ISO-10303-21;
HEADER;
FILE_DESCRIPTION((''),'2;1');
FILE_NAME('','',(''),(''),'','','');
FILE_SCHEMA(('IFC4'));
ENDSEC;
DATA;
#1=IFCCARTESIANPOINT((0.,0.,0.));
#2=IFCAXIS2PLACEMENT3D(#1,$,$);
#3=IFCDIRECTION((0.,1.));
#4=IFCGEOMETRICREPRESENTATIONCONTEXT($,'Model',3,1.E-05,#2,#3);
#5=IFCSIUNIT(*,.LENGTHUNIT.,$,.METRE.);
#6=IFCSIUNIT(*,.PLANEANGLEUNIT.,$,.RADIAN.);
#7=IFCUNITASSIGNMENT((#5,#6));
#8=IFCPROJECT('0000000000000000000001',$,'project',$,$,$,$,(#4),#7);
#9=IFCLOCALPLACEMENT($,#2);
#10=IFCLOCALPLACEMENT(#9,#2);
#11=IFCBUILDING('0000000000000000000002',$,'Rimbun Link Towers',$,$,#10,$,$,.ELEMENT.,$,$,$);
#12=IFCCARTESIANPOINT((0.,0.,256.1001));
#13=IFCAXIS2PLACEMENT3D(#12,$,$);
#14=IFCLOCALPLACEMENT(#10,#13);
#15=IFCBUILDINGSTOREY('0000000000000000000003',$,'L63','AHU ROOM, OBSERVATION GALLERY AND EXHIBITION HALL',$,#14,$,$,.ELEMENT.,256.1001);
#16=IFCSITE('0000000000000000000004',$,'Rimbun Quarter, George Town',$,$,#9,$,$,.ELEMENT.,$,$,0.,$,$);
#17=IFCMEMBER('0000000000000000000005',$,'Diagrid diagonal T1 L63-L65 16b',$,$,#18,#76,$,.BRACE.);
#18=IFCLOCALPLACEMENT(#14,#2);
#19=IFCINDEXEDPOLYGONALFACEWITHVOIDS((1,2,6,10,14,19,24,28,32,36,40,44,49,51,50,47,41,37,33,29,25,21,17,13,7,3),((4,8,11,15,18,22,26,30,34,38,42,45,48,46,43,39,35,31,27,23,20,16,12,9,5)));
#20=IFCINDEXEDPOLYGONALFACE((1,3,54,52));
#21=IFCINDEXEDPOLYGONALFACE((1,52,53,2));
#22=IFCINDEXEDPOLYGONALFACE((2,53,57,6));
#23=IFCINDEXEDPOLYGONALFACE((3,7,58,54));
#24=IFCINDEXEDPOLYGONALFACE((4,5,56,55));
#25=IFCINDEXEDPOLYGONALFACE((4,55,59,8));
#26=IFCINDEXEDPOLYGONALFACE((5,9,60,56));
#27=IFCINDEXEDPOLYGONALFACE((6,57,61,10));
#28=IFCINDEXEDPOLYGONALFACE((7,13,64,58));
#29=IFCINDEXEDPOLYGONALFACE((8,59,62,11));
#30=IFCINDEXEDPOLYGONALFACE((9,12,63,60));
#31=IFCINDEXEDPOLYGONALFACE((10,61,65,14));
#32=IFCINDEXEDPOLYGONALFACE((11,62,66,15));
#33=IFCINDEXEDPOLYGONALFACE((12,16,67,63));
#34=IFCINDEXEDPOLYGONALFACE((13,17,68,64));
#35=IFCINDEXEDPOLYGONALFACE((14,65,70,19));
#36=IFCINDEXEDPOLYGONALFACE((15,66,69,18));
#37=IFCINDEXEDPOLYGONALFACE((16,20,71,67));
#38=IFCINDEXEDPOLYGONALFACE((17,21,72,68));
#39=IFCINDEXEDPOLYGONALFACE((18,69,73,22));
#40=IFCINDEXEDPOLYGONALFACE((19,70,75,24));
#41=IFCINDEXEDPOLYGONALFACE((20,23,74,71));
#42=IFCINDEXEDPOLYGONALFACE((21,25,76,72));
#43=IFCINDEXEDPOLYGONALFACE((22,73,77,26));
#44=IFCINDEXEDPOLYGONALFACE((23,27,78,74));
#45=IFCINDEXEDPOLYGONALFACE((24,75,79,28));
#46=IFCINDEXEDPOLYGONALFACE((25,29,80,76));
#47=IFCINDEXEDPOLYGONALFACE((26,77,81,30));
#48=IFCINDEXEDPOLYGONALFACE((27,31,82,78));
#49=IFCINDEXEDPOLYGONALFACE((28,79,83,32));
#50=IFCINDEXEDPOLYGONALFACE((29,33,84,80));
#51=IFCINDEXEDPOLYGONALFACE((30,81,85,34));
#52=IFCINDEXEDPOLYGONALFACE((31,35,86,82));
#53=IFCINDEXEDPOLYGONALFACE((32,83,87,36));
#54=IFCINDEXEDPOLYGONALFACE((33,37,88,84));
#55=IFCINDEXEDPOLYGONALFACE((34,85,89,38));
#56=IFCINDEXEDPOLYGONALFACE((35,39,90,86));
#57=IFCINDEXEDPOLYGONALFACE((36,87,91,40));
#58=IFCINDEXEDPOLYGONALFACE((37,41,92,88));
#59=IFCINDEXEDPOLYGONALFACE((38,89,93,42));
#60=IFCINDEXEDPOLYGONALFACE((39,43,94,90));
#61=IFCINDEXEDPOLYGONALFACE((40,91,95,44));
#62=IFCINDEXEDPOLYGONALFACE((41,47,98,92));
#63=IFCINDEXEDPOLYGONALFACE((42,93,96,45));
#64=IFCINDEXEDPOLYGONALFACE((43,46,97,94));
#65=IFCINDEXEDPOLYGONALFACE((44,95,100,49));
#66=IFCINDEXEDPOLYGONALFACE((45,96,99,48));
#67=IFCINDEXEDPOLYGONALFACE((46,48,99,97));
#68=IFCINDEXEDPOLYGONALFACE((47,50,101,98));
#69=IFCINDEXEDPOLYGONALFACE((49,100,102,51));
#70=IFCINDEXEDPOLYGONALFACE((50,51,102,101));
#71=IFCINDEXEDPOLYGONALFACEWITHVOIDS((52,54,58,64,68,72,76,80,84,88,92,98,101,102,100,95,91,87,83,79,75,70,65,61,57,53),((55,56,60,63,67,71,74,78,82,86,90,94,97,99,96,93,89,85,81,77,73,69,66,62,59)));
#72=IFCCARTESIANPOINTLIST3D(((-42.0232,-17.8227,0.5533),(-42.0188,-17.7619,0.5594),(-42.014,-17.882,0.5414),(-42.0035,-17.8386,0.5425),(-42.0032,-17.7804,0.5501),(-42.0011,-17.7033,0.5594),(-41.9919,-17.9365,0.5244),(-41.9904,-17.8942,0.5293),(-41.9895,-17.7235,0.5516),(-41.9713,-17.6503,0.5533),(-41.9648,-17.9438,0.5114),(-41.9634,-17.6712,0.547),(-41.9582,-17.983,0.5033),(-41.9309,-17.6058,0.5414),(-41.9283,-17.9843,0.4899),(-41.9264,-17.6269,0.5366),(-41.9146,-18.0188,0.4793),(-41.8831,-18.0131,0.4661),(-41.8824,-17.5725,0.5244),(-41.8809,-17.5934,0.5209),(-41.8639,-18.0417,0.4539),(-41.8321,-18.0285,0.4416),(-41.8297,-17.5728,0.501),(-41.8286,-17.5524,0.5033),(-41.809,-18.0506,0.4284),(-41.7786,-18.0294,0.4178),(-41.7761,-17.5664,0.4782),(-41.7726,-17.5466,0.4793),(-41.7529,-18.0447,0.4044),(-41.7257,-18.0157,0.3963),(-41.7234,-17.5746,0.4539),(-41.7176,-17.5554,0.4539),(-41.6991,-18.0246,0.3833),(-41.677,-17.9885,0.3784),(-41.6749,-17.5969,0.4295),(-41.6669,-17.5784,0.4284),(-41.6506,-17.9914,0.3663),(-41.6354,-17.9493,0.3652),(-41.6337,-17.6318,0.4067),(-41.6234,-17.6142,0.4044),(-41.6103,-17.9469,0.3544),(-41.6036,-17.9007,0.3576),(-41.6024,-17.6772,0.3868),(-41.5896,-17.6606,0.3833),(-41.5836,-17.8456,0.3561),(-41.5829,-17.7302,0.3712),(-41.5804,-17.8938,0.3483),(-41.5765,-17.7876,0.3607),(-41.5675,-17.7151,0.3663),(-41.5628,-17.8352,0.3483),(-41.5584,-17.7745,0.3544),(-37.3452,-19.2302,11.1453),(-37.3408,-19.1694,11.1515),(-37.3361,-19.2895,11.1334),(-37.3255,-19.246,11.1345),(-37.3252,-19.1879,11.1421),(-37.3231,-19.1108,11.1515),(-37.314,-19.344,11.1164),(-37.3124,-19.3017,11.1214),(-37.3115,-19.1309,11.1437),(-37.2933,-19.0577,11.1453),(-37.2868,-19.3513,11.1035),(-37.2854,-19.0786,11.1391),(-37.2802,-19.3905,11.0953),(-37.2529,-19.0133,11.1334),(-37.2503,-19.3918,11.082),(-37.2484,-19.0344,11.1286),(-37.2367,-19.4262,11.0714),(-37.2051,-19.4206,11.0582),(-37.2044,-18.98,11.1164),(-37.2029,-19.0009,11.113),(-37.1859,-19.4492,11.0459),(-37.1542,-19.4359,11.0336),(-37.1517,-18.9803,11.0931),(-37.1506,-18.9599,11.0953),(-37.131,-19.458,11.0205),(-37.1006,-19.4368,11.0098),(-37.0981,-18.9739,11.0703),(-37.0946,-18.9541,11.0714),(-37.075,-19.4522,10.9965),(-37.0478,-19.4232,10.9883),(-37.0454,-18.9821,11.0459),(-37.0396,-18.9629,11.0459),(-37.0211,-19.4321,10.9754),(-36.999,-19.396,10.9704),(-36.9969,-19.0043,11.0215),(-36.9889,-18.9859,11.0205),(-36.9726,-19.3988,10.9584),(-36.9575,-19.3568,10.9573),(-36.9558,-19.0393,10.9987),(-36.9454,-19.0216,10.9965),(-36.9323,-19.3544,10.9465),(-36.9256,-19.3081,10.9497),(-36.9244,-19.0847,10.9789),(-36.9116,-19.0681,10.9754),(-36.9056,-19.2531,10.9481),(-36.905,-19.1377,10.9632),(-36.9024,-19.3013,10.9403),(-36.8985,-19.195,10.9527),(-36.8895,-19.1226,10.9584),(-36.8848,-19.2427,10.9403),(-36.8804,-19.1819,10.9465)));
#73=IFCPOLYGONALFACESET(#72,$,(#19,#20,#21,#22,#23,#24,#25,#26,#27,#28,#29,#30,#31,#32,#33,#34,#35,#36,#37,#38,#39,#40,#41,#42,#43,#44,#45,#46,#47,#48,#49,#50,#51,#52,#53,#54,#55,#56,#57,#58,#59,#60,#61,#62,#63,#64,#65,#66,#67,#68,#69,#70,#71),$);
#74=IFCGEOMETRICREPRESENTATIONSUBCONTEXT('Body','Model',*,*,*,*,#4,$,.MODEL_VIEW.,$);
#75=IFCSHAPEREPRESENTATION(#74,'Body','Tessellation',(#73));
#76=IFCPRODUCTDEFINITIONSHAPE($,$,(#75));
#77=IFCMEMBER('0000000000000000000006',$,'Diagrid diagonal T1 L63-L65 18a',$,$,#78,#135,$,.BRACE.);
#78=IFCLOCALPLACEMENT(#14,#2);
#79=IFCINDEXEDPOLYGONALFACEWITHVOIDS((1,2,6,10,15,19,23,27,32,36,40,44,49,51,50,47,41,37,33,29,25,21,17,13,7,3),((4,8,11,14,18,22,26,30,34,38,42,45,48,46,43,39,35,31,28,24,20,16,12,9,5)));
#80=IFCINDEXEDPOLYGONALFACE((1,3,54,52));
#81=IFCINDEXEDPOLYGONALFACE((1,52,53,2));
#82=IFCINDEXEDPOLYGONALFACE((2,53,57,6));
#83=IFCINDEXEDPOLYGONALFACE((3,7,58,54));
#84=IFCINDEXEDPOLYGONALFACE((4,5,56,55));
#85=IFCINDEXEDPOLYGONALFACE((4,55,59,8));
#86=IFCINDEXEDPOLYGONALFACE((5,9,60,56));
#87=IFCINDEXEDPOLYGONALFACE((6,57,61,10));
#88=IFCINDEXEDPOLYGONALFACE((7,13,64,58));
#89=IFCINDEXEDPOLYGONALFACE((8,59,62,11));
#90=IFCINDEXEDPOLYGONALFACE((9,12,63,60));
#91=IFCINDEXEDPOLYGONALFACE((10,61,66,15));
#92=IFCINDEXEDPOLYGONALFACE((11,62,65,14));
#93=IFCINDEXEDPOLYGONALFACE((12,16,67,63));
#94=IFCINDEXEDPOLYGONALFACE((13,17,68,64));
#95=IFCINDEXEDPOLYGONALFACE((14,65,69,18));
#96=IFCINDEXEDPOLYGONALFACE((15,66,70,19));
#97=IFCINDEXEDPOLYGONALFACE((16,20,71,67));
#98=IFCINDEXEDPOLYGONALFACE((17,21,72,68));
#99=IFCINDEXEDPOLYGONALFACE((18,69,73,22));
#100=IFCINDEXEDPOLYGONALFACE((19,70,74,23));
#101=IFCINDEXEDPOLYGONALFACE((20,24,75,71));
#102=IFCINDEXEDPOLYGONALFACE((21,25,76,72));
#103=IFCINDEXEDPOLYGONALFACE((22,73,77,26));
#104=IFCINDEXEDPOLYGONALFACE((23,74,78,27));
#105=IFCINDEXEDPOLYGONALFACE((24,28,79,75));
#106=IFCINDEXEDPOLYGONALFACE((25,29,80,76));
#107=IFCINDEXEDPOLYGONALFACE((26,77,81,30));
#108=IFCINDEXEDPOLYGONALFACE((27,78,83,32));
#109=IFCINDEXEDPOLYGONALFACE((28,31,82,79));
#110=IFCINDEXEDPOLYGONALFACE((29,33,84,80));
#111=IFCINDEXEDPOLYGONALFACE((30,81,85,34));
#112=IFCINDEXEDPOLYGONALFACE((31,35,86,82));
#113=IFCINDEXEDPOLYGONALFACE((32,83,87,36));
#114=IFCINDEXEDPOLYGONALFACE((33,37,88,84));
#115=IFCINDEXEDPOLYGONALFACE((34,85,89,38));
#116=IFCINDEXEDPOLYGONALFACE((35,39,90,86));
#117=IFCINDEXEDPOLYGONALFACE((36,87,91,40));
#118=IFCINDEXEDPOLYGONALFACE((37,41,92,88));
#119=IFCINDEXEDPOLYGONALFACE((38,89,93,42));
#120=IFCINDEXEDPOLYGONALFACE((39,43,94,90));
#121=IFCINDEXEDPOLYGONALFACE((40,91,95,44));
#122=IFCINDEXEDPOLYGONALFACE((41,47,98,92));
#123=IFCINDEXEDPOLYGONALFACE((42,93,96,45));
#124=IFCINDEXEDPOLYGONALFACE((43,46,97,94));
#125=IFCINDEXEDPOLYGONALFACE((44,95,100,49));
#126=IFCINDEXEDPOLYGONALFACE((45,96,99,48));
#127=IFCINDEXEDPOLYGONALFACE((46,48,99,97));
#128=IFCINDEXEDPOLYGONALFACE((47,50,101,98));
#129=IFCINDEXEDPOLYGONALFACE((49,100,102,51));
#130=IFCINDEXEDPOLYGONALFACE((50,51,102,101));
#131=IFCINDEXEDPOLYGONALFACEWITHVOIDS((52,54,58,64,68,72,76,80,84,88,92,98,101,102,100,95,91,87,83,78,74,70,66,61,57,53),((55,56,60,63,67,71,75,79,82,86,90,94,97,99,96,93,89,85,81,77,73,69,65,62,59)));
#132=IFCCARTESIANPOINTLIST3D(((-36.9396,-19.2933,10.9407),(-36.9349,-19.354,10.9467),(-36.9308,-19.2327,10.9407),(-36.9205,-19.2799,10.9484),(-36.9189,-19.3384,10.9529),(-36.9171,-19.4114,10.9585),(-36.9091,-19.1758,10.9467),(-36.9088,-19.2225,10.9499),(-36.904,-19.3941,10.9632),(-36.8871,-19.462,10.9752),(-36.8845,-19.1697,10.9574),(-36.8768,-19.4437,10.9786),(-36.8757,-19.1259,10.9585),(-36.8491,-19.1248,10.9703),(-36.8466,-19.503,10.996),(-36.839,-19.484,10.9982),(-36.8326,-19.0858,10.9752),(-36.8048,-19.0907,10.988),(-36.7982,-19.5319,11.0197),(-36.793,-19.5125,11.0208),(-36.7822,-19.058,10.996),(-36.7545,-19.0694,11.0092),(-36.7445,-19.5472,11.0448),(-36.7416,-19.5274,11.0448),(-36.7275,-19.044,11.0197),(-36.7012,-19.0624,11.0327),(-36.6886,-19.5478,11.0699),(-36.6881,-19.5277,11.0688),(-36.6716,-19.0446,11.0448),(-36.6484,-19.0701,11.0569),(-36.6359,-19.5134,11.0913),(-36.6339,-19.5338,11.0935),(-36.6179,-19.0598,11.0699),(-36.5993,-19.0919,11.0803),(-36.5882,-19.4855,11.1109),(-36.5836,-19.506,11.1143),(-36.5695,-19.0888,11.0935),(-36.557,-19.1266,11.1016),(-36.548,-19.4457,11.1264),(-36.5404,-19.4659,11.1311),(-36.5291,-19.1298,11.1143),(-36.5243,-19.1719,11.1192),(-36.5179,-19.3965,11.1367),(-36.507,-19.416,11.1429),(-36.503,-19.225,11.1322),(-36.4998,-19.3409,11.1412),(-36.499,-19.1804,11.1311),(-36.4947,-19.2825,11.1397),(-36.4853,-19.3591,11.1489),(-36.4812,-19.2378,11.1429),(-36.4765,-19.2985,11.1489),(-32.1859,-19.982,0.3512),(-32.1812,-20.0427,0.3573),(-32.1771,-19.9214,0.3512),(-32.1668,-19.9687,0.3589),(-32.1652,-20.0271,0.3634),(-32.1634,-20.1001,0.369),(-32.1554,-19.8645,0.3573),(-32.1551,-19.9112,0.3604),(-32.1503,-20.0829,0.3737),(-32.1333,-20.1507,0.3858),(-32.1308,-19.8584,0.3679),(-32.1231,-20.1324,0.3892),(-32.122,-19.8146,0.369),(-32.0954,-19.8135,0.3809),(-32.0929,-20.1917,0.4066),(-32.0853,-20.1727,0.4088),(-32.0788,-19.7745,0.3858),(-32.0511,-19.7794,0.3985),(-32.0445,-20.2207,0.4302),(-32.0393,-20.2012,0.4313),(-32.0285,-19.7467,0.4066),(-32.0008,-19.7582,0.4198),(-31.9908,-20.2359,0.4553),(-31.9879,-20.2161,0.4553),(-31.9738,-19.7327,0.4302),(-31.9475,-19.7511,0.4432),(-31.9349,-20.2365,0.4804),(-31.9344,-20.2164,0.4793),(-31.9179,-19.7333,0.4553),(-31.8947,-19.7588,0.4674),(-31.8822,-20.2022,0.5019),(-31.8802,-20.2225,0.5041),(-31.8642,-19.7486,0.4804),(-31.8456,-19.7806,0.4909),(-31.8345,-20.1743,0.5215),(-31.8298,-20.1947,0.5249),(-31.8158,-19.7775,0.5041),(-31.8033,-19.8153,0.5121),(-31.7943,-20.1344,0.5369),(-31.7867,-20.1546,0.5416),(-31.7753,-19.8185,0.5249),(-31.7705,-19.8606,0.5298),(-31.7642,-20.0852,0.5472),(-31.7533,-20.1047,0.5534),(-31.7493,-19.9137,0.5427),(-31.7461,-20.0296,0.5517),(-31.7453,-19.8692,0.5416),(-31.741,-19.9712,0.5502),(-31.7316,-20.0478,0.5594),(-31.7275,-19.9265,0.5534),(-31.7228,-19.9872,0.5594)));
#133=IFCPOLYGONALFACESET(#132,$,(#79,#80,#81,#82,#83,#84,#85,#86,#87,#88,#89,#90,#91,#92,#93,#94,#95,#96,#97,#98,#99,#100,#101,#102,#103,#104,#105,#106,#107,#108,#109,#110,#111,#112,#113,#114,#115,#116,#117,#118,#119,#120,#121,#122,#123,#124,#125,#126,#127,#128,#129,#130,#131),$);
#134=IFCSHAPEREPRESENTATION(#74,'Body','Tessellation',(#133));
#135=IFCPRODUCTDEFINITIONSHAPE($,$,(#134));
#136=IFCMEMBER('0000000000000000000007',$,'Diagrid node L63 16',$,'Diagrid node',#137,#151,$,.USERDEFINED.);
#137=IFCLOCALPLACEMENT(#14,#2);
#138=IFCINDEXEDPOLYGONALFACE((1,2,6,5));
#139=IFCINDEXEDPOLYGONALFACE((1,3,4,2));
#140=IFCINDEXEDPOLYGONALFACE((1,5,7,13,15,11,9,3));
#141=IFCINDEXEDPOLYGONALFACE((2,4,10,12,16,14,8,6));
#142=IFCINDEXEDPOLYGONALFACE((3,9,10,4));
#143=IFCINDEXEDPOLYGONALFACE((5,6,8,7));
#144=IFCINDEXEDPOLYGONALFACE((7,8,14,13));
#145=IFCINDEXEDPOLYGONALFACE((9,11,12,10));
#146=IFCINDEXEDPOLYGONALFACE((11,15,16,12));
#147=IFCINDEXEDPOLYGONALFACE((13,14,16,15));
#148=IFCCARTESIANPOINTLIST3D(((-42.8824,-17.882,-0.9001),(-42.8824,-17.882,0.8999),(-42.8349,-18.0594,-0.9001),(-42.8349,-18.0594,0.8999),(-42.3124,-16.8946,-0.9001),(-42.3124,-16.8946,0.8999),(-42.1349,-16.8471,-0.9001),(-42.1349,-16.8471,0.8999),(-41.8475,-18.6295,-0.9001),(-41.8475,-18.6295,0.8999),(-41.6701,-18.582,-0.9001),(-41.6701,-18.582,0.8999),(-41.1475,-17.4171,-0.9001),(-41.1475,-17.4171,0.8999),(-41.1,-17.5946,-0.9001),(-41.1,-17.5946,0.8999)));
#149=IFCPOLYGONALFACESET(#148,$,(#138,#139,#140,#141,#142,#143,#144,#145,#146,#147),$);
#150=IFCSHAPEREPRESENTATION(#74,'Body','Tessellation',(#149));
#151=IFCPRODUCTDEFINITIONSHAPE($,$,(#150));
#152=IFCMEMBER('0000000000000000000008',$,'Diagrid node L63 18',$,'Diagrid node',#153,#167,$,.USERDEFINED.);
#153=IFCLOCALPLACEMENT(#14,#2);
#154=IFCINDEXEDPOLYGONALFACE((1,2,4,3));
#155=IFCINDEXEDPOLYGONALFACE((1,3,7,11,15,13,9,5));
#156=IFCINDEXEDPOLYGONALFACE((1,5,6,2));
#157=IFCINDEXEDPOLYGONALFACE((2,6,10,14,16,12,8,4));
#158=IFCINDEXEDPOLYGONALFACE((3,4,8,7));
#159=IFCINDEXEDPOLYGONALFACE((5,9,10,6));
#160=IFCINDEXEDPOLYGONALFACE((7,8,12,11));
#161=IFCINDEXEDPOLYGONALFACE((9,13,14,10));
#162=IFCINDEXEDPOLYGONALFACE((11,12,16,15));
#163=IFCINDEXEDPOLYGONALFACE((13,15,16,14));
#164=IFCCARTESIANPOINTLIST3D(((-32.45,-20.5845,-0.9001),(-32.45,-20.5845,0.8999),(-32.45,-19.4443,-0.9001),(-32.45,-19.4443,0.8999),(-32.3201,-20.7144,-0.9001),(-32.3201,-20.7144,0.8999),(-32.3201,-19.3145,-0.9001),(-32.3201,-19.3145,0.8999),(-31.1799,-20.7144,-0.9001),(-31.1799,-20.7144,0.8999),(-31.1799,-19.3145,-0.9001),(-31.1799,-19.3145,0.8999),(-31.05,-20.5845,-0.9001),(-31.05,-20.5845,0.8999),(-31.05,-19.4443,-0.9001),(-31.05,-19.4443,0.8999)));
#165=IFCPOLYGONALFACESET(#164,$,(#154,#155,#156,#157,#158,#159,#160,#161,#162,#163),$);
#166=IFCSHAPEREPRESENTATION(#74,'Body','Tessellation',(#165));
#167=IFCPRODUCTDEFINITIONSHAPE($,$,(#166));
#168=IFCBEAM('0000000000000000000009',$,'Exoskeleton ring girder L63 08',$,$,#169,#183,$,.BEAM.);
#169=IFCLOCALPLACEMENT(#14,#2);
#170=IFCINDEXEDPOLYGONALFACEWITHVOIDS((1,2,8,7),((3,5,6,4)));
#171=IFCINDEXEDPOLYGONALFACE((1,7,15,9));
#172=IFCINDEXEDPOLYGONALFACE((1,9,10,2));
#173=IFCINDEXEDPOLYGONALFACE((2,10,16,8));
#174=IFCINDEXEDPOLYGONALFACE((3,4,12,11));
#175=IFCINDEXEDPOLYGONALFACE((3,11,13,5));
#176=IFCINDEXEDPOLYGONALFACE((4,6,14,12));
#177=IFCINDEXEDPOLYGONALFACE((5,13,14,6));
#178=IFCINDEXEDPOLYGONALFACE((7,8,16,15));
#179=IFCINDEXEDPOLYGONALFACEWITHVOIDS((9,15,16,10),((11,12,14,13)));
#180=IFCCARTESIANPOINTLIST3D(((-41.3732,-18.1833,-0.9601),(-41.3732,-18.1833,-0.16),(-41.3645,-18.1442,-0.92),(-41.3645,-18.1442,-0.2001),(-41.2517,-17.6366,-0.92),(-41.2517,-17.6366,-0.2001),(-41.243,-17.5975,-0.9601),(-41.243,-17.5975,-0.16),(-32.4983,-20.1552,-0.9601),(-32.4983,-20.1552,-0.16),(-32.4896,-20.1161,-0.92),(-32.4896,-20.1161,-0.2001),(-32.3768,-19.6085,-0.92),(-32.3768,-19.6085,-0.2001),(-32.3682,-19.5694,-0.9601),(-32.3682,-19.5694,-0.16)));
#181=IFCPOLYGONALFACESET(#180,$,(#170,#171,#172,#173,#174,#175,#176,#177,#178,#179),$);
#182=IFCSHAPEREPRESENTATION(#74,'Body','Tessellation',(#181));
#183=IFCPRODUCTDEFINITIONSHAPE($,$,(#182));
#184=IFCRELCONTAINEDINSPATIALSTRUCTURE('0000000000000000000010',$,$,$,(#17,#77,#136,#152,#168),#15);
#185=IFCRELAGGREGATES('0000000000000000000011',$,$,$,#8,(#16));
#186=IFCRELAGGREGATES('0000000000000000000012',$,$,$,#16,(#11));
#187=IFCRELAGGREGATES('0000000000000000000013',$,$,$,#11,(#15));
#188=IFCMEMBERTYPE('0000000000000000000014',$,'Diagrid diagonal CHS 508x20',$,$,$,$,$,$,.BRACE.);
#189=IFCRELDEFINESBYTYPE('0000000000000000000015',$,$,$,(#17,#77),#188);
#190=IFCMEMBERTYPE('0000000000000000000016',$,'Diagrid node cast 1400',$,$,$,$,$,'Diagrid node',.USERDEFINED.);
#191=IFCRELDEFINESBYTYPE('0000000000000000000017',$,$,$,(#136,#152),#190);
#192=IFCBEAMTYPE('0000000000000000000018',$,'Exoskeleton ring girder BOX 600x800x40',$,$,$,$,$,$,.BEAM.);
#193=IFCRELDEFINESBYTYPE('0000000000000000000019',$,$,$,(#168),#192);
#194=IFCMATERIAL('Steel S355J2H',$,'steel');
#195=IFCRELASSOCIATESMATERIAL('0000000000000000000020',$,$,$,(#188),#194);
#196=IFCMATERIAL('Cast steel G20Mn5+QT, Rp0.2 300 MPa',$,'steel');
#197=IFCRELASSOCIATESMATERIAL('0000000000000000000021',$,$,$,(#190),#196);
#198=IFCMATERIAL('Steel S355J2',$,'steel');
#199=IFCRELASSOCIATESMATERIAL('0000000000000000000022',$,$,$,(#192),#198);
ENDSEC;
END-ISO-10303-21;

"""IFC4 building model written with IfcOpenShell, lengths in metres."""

from ifc_helpers import new_model, si_unit, direction, frame, origin, origin_2d, place, context, subcontext, project, spatial, polyline, hollow_rectangle, hollow_circle, outline, extrude, material, material_profile, profile_set, type_object, element, save


model = new_model("IFC4")

# Units and contexts
model_context = context("Model", 3, precision=1e-05, world=origin(), true_north=direction((0.0, 1.0)))
body_context = subcontext(model_context, "Body", "Model", "MODEL_VIEW")
ifc_project = project(units=[si_unit("LENGTHUNIT", "METRE"), si_unit("PLANEANGLEUNIT", "RADIAN")], contexts=[model_context])

# Site, building, storey
site_placement = place(None, origin())
site = spatial("IfcSite", under=ifc_project, at=site_placement, Name="Rimbun Quarter, George Town", CompositionType="ELEMENT", RefElevation=0.0)
building_placement = place(site_placement, origin())
building = spatial("IfcBuilding", under=site, at=building_placement, Name="Rimbun Link Towers", CompositionType="ELEMENT")
storey_placement = place(building_placement, frame((0.0, 0.0, 256.1001)))
storey = spatial("IfcBuildingStorey", under=building, at=storey_placement, Name="L63", Description="AHU ROOM, OBSERVATION GALLERY AND EXHIBITION HALL", CompositionType="ELEMENT", Elevation=256.1001)

# Members
ifc_material_1 = material(Name="Steel S355J2H", Category="steel")
ifc_material_profile_1 = material_profile(ifc_material_1, hollow_circle(Radius=0.2539, WallThickness=0.02, at=origin_2d()), Name="Diagrid diagonal CHS 508x20")
ifc_profile_set_1 = profile_set([ifc_material_profile_1], Name="Steel S355J2H")
member_type_1 = type_object("IfcMemberType", Name="Diagrid diagonal CHS 508x20", PredefinedType="BRACE", material=ifc_profile_set_1)
member_1_placement = place(storey_placement, frame((-41.7908, -17.7986, 0.4539), z_axis=(0.401051, -0.120665, 0.908074), x_axis=(0.288113, 0.957596, 0.0)))
element("IfcMember", 1, at=member_1_placement, inside=storey, type_object=member_type_1, Name="Diagrid diagonal T1 L63-L65 16b", PredefinedType="BRACE", context=body_context, shape_type="SweptSolid", body=[
    extrude(hollow_circle(Radius=0.2539, WallThickness=0.02, at=origin_2d()), origin(), (0.0, 0.0, 1.0), 11.6643),
])
member_2_placement = place(storey_placement, frame((-31.9543, -19.9846, 0.4553), z_axis=(-0.408818, 0.05923, 0.910692), x_axis=(-0.143385, -0.989667, 0.0)))
element("IfcMember", 2, at=member_2_placement, inside=storey, type_object=member_type_1, Name="Diagrid diagonal T1 L63-L65 18a", PredefinedType="BRACE", context=body_context, shape_type="SweptSolid", body=[
    extrude(hollow_circle(Radius=0.2539, WallThickness=0.02, at=origin_2d()), origin(), (0.0, 0.0, 1.0), 11.6279),
])
ifc_material_2 = material(Name="Cast steel G20Mn5+QT, Rp0.2 300 MPa", Category="steel")
ifc_material_profile_2 = material_profile(ifc_material_2, outline(polyline([(0.7, -0.5701), (0.7, 0.5701), (0.5701, 0.7), (-0.5701, 0.7), (-0.7, 0.5701), (-0.7, -0.5701), (-0.5701, -0.7), (0.5701, -0.7), (0.7, -0.5701)])), Name="NODE 1400x1400")
ifc_profile_set_2 = profile_set([ifc_material_profile_2], Name="Cast steel G20Mn5+QT, Rp0.2 300 MPa")
member_type_2 = type_object("IfcMemberType", Name="Diagrid node cast 1400", ElementType="Diagrid node", PredefinedType="USERDEFINED", material=ifc_profile_set_2)
for number, where, z_axis, x_axis, name in (
    (3, (-41.9912, -17.7383, -0.9001), (0.0, 0.0, 1.0), (-0.5, -0.866025, 0.0), "Diagrid node L63 16"),
    (4, (-31.75, -20.0144, -0.9001), (0.0, 0.0, 1.0), (0.0, -1.0, 0.0), "Diagrid node L63 18"),
):
    element("IfcMember", number, at=place(storey_placement, frame(where, z_axis=z_axis, x_axis=x_axis)), inside=storey, type_object=member_type_2, Name=name, ObjectType="Diagrid node", PredefinedType="USERDEFINED", context=body_context, shape_type="SweptSolid", body=[
        extrude(outline(polyline([(0.7, -0.5701), (0.7, 0.5701), (0.5701, 0.7), (-0.5701, 0.7), (-0.7, 0.5701), (-0.7, -0.5701), (-0.5701, -0.7), (0.5701, -0.7), (0.7, -0.5701)])), origin(), (0.0, 0.0, 1.0), 1.8),
    ])

# Beam
ifc_material_3 = material(Name="Steel S355J2", Category="steel")
ifc_material_profile_3 = material_profile(ifc_material_3, hollow_rectangle(XDim=0.6001, YDim=0.8, WallThickness=0.04, at=origin_2d()), Name="Exoskeleton ring girder BOX 600x800x40")
ifc_profile_set_3 = profile_set([ifc_material_profile_3], Name="Steel S355J2")
beam_type_1 = type_object("IfcBeamType", Name="Exoskeleton ring girder BOX 600x800x40", PredefinedType="BEAM", material=ifc_profile_set_3)
beam_1_placement = place(storey_placement, frame((-41.3081, -17.8904, -0.5601), z_axis=(0.976193, -0.216905, 0.0), x_axis=(0.216905, 0.976193, 0.0)))
element("IfcBeam", 5, at=beam_1_placement, inside=storey, type_object=beam_type_1, Name="Exoskeleton ring girder L63 08", PredefinedType="BEAM", context=body_context, shape_type="SweptSolid", body=[
    extrude(hollow_rectangle(XDim=0.6001, YDim=0.8, WallThickness=0.04, at=origin_2d()), origin(), (0.0, 0.0, 1.0), 9.0913),
])

save(model, "model.ifc")
